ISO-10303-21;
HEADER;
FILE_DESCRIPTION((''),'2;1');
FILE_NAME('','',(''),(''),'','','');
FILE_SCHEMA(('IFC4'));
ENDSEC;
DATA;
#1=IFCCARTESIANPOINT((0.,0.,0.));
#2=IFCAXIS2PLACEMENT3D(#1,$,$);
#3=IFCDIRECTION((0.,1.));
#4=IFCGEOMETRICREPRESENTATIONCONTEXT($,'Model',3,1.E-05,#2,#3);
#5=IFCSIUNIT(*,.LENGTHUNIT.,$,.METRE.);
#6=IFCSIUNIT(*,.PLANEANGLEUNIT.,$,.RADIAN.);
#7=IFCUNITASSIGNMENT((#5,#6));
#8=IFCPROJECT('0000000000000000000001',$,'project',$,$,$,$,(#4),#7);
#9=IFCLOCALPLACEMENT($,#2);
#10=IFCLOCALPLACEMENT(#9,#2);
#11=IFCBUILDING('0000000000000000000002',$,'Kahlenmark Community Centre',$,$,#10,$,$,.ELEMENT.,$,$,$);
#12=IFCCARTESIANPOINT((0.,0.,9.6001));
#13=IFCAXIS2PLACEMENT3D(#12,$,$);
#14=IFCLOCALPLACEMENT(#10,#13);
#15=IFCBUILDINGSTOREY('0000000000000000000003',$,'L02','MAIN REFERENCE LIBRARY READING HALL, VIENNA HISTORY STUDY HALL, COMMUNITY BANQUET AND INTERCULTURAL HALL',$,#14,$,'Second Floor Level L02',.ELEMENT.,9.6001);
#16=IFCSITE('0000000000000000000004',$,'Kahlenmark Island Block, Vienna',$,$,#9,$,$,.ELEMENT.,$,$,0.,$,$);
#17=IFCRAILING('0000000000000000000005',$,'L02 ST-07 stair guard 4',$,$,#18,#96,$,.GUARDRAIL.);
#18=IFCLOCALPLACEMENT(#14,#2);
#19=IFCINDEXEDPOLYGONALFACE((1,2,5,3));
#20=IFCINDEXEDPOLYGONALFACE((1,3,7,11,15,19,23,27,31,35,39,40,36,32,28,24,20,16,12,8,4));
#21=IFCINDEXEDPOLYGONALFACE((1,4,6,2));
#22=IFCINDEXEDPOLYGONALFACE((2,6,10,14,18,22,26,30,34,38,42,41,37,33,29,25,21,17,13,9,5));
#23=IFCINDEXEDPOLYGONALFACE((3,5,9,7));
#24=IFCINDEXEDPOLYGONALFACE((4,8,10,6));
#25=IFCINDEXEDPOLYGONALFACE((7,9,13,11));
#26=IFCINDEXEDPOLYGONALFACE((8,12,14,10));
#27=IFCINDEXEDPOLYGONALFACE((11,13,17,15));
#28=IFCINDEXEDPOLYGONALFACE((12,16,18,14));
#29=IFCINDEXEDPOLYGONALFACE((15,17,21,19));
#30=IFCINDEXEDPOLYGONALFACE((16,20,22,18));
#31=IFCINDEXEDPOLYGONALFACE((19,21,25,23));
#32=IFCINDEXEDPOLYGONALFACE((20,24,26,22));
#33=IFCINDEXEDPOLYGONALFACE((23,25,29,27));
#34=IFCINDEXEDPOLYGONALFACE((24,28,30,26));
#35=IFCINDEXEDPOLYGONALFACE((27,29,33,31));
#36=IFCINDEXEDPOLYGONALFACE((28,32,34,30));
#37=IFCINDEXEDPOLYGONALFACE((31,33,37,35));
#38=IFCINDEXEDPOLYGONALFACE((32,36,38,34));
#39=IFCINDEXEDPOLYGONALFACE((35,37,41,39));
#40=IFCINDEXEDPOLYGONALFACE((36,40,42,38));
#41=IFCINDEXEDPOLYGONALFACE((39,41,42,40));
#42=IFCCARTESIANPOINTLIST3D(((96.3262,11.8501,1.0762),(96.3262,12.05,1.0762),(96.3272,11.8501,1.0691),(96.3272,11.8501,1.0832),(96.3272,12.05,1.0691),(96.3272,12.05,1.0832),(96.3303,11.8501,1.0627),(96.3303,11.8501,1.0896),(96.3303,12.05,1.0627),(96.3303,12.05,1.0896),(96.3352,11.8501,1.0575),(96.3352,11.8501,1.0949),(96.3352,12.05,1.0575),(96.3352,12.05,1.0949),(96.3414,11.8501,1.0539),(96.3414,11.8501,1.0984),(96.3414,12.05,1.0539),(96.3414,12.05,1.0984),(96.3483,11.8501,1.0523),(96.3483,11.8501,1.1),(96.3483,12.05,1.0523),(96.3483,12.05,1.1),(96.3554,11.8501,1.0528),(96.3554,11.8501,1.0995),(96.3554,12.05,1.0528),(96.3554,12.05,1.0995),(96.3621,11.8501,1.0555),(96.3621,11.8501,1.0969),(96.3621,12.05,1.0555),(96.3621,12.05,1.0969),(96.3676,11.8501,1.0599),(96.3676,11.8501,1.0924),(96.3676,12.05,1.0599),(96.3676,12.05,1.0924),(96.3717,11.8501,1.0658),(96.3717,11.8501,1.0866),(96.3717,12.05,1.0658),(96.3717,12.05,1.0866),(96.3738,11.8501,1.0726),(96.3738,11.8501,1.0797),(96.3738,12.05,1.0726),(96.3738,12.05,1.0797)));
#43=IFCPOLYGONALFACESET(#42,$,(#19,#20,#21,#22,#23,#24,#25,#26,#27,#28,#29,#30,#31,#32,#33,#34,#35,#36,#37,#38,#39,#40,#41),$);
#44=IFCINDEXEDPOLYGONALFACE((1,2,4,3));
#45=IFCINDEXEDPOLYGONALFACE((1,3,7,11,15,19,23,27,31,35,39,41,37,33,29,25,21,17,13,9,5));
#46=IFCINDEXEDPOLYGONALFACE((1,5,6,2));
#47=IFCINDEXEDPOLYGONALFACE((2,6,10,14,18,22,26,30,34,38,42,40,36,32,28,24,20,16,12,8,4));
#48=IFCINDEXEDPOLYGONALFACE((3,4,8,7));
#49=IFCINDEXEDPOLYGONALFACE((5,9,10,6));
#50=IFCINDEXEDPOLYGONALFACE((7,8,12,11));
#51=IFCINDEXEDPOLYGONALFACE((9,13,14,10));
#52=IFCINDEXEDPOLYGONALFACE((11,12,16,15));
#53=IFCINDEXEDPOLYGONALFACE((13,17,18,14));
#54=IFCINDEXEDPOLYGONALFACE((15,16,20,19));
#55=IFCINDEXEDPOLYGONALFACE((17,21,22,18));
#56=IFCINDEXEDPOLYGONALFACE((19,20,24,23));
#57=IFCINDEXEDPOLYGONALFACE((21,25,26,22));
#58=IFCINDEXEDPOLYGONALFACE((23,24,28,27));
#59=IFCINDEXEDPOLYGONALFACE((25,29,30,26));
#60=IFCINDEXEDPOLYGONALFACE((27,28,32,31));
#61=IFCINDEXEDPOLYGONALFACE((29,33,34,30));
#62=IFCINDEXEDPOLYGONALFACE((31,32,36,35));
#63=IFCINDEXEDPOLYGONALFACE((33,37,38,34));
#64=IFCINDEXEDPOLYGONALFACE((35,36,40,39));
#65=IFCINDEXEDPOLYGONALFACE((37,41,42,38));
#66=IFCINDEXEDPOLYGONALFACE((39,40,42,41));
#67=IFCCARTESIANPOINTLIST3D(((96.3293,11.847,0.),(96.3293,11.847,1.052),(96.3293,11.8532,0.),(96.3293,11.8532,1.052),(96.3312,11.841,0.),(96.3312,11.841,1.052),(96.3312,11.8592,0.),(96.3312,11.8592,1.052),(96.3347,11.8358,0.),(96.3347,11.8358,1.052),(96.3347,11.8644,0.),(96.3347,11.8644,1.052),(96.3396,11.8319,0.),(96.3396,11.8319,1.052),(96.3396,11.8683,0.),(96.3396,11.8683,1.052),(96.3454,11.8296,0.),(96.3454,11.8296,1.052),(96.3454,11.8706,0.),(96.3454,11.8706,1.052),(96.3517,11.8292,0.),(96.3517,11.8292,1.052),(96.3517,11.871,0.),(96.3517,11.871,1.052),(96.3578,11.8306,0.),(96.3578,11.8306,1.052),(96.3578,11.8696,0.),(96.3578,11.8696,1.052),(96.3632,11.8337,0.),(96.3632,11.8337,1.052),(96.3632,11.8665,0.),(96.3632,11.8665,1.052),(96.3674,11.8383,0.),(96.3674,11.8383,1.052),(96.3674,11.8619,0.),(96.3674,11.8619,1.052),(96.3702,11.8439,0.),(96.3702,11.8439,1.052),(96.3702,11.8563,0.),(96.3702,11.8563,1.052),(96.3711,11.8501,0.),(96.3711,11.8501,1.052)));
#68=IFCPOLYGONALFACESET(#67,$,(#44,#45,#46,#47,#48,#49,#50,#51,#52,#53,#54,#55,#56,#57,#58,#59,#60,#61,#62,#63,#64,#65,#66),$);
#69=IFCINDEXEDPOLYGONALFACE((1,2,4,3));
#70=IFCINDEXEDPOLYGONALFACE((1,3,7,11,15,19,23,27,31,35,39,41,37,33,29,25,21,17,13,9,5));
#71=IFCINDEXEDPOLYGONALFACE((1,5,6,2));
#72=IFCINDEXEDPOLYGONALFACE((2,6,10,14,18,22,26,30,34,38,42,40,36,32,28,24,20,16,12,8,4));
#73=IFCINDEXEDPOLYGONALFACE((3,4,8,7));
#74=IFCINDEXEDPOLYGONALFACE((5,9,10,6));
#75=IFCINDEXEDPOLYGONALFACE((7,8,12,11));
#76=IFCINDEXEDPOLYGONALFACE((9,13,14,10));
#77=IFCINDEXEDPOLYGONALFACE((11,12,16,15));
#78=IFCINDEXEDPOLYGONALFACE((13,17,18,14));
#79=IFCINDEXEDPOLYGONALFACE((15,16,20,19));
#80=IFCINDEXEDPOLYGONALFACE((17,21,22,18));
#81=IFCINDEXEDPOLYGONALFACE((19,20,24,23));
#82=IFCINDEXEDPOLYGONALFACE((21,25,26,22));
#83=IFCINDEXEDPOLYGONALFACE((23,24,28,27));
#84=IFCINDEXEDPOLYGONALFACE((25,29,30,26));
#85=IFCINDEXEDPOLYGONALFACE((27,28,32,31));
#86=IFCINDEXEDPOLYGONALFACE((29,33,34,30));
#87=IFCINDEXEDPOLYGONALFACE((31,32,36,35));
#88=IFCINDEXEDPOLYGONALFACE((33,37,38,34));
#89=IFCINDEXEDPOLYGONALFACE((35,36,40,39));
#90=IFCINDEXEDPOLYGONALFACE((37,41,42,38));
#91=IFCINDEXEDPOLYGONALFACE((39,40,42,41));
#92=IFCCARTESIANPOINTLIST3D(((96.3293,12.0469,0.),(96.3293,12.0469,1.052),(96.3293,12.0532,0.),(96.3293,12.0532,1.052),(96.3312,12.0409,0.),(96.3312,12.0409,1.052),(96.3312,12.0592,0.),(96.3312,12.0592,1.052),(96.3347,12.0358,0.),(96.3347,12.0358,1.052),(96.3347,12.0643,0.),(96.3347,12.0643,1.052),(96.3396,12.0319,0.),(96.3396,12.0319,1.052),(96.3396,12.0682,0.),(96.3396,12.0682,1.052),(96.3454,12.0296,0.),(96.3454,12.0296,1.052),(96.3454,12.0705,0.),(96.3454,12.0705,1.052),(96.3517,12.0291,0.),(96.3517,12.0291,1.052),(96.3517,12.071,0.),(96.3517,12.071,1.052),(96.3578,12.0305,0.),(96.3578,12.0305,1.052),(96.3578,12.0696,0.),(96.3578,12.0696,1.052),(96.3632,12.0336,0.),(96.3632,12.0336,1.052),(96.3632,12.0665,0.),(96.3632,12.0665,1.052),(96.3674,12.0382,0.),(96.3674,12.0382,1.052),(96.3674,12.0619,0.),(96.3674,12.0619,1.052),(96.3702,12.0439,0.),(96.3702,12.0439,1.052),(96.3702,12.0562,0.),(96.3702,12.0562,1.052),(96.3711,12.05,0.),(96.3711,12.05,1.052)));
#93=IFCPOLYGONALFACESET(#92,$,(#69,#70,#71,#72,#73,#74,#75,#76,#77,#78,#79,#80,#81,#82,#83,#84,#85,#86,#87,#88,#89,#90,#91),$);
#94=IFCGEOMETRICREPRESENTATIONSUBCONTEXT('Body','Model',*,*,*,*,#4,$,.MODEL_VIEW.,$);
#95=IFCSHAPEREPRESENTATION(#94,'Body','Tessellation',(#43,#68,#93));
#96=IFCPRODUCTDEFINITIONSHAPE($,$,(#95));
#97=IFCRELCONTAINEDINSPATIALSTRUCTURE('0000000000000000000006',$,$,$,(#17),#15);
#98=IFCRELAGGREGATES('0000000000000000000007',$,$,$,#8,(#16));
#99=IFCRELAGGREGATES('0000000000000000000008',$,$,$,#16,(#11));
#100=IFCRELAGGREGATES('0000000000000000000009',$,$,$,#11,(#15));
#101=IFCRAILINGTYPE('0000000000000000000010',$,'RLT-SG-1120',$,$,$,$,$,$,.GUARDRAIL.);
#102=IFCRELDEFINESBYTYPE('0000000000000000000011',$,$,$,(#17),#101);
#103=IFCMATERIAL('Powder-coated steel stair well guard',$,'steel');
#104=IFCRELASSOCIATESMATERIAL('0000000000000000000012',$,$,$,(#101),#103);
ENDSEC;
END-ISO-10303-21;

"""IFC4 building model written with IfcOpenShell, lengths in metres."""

from ifc_helpers import new_model, si_unit, direction, frame, origin, origin_2d, place, context, subcontext, project, spatial, circle, extrude, material, type_object, element, save


model = new_model("IFC4")

# Units and contexts
model_context = context("Model", 3, precision=1e-05, world=origin(), true_north=direction((0.0, 1.0)))
body_context = subcontext(model_context, "Body", "Model", "MODEL_VIEW")
ifc_project = project(units=[si_unit("LENGTHUNIT", "METRE"), si_unit("PLANEANGLEUNIT", "RADIAN")], contexts=[model_context])

# Site, building, storey
site_placement = place(None, origin())
site = spatial("IfcSite", under=ifc_project, at=site_placement, Name="Kahlenmark Island Block, Vienna", CompositionType="ELEMENT", RefElevation=0.0)
building_placement = place(site_placement, origin())
building = spatial("IfcBuilding", under=site, at=building_placement, Name="Kahlenmark Community Centre", CompositionType="ELEMENT")
storey_placement = place(building_placement, frame((0.0, 0.0, 9.6001)))
storey = spatial("IfcBuildingStorey", under=building, at=storey_placement, Name="L02", Description="MAIN REFERENCE LIBRARY READING HALL, VIENNA HISTORY STUDY HALL, COMMUNITY BANQUET AND INTERCULTURAL HALL", LongName="Second Floor Level L02", CompositionType="ELEMENT", Elevation=9.6001)

# Railing
ifc_material_1 = material(Name="Powder-coated steel stair well guard", Category="steel")
railing_type_1 = type_object("IfcRailingType", Name="RLT-SG-1120", PredefinedType="GUARDRAIL", material=ifc_material_1)
railing_1_placement = place(storey_placement, frame((96.3501, 11.8501, 0.0)))
element("IfcRailing", 1, at=railing_1_placement, inside=storey, type_object=railing_type_1, Name="L02 ST-07 stair guard 4", PredefinedType="GUARDRAIL", context=body_context, shape_type="SweptSolid", body=[
    extrude(circle(Radius=0.0239, at=origin_2d()), frame((0.0, 0.0, 1.0762), z_axis=(0.0, 1.0, 0.0), x_axis=(-1.0, 0.0, 0.0)), (0.0, 0.0, 1.0), 0.2),
    extrude(circle(Radius=0.021, at=origin_2d()), origin(), (0.0, 0.0, 1.0), 1.052),
    extrude(circle(Radius=0.021, at=origin_2d()), frame((0.0, 0.2, 0.0)), (0.0, 0.0, 1.0), 1.052),
])

save(model, "model.ifc")
